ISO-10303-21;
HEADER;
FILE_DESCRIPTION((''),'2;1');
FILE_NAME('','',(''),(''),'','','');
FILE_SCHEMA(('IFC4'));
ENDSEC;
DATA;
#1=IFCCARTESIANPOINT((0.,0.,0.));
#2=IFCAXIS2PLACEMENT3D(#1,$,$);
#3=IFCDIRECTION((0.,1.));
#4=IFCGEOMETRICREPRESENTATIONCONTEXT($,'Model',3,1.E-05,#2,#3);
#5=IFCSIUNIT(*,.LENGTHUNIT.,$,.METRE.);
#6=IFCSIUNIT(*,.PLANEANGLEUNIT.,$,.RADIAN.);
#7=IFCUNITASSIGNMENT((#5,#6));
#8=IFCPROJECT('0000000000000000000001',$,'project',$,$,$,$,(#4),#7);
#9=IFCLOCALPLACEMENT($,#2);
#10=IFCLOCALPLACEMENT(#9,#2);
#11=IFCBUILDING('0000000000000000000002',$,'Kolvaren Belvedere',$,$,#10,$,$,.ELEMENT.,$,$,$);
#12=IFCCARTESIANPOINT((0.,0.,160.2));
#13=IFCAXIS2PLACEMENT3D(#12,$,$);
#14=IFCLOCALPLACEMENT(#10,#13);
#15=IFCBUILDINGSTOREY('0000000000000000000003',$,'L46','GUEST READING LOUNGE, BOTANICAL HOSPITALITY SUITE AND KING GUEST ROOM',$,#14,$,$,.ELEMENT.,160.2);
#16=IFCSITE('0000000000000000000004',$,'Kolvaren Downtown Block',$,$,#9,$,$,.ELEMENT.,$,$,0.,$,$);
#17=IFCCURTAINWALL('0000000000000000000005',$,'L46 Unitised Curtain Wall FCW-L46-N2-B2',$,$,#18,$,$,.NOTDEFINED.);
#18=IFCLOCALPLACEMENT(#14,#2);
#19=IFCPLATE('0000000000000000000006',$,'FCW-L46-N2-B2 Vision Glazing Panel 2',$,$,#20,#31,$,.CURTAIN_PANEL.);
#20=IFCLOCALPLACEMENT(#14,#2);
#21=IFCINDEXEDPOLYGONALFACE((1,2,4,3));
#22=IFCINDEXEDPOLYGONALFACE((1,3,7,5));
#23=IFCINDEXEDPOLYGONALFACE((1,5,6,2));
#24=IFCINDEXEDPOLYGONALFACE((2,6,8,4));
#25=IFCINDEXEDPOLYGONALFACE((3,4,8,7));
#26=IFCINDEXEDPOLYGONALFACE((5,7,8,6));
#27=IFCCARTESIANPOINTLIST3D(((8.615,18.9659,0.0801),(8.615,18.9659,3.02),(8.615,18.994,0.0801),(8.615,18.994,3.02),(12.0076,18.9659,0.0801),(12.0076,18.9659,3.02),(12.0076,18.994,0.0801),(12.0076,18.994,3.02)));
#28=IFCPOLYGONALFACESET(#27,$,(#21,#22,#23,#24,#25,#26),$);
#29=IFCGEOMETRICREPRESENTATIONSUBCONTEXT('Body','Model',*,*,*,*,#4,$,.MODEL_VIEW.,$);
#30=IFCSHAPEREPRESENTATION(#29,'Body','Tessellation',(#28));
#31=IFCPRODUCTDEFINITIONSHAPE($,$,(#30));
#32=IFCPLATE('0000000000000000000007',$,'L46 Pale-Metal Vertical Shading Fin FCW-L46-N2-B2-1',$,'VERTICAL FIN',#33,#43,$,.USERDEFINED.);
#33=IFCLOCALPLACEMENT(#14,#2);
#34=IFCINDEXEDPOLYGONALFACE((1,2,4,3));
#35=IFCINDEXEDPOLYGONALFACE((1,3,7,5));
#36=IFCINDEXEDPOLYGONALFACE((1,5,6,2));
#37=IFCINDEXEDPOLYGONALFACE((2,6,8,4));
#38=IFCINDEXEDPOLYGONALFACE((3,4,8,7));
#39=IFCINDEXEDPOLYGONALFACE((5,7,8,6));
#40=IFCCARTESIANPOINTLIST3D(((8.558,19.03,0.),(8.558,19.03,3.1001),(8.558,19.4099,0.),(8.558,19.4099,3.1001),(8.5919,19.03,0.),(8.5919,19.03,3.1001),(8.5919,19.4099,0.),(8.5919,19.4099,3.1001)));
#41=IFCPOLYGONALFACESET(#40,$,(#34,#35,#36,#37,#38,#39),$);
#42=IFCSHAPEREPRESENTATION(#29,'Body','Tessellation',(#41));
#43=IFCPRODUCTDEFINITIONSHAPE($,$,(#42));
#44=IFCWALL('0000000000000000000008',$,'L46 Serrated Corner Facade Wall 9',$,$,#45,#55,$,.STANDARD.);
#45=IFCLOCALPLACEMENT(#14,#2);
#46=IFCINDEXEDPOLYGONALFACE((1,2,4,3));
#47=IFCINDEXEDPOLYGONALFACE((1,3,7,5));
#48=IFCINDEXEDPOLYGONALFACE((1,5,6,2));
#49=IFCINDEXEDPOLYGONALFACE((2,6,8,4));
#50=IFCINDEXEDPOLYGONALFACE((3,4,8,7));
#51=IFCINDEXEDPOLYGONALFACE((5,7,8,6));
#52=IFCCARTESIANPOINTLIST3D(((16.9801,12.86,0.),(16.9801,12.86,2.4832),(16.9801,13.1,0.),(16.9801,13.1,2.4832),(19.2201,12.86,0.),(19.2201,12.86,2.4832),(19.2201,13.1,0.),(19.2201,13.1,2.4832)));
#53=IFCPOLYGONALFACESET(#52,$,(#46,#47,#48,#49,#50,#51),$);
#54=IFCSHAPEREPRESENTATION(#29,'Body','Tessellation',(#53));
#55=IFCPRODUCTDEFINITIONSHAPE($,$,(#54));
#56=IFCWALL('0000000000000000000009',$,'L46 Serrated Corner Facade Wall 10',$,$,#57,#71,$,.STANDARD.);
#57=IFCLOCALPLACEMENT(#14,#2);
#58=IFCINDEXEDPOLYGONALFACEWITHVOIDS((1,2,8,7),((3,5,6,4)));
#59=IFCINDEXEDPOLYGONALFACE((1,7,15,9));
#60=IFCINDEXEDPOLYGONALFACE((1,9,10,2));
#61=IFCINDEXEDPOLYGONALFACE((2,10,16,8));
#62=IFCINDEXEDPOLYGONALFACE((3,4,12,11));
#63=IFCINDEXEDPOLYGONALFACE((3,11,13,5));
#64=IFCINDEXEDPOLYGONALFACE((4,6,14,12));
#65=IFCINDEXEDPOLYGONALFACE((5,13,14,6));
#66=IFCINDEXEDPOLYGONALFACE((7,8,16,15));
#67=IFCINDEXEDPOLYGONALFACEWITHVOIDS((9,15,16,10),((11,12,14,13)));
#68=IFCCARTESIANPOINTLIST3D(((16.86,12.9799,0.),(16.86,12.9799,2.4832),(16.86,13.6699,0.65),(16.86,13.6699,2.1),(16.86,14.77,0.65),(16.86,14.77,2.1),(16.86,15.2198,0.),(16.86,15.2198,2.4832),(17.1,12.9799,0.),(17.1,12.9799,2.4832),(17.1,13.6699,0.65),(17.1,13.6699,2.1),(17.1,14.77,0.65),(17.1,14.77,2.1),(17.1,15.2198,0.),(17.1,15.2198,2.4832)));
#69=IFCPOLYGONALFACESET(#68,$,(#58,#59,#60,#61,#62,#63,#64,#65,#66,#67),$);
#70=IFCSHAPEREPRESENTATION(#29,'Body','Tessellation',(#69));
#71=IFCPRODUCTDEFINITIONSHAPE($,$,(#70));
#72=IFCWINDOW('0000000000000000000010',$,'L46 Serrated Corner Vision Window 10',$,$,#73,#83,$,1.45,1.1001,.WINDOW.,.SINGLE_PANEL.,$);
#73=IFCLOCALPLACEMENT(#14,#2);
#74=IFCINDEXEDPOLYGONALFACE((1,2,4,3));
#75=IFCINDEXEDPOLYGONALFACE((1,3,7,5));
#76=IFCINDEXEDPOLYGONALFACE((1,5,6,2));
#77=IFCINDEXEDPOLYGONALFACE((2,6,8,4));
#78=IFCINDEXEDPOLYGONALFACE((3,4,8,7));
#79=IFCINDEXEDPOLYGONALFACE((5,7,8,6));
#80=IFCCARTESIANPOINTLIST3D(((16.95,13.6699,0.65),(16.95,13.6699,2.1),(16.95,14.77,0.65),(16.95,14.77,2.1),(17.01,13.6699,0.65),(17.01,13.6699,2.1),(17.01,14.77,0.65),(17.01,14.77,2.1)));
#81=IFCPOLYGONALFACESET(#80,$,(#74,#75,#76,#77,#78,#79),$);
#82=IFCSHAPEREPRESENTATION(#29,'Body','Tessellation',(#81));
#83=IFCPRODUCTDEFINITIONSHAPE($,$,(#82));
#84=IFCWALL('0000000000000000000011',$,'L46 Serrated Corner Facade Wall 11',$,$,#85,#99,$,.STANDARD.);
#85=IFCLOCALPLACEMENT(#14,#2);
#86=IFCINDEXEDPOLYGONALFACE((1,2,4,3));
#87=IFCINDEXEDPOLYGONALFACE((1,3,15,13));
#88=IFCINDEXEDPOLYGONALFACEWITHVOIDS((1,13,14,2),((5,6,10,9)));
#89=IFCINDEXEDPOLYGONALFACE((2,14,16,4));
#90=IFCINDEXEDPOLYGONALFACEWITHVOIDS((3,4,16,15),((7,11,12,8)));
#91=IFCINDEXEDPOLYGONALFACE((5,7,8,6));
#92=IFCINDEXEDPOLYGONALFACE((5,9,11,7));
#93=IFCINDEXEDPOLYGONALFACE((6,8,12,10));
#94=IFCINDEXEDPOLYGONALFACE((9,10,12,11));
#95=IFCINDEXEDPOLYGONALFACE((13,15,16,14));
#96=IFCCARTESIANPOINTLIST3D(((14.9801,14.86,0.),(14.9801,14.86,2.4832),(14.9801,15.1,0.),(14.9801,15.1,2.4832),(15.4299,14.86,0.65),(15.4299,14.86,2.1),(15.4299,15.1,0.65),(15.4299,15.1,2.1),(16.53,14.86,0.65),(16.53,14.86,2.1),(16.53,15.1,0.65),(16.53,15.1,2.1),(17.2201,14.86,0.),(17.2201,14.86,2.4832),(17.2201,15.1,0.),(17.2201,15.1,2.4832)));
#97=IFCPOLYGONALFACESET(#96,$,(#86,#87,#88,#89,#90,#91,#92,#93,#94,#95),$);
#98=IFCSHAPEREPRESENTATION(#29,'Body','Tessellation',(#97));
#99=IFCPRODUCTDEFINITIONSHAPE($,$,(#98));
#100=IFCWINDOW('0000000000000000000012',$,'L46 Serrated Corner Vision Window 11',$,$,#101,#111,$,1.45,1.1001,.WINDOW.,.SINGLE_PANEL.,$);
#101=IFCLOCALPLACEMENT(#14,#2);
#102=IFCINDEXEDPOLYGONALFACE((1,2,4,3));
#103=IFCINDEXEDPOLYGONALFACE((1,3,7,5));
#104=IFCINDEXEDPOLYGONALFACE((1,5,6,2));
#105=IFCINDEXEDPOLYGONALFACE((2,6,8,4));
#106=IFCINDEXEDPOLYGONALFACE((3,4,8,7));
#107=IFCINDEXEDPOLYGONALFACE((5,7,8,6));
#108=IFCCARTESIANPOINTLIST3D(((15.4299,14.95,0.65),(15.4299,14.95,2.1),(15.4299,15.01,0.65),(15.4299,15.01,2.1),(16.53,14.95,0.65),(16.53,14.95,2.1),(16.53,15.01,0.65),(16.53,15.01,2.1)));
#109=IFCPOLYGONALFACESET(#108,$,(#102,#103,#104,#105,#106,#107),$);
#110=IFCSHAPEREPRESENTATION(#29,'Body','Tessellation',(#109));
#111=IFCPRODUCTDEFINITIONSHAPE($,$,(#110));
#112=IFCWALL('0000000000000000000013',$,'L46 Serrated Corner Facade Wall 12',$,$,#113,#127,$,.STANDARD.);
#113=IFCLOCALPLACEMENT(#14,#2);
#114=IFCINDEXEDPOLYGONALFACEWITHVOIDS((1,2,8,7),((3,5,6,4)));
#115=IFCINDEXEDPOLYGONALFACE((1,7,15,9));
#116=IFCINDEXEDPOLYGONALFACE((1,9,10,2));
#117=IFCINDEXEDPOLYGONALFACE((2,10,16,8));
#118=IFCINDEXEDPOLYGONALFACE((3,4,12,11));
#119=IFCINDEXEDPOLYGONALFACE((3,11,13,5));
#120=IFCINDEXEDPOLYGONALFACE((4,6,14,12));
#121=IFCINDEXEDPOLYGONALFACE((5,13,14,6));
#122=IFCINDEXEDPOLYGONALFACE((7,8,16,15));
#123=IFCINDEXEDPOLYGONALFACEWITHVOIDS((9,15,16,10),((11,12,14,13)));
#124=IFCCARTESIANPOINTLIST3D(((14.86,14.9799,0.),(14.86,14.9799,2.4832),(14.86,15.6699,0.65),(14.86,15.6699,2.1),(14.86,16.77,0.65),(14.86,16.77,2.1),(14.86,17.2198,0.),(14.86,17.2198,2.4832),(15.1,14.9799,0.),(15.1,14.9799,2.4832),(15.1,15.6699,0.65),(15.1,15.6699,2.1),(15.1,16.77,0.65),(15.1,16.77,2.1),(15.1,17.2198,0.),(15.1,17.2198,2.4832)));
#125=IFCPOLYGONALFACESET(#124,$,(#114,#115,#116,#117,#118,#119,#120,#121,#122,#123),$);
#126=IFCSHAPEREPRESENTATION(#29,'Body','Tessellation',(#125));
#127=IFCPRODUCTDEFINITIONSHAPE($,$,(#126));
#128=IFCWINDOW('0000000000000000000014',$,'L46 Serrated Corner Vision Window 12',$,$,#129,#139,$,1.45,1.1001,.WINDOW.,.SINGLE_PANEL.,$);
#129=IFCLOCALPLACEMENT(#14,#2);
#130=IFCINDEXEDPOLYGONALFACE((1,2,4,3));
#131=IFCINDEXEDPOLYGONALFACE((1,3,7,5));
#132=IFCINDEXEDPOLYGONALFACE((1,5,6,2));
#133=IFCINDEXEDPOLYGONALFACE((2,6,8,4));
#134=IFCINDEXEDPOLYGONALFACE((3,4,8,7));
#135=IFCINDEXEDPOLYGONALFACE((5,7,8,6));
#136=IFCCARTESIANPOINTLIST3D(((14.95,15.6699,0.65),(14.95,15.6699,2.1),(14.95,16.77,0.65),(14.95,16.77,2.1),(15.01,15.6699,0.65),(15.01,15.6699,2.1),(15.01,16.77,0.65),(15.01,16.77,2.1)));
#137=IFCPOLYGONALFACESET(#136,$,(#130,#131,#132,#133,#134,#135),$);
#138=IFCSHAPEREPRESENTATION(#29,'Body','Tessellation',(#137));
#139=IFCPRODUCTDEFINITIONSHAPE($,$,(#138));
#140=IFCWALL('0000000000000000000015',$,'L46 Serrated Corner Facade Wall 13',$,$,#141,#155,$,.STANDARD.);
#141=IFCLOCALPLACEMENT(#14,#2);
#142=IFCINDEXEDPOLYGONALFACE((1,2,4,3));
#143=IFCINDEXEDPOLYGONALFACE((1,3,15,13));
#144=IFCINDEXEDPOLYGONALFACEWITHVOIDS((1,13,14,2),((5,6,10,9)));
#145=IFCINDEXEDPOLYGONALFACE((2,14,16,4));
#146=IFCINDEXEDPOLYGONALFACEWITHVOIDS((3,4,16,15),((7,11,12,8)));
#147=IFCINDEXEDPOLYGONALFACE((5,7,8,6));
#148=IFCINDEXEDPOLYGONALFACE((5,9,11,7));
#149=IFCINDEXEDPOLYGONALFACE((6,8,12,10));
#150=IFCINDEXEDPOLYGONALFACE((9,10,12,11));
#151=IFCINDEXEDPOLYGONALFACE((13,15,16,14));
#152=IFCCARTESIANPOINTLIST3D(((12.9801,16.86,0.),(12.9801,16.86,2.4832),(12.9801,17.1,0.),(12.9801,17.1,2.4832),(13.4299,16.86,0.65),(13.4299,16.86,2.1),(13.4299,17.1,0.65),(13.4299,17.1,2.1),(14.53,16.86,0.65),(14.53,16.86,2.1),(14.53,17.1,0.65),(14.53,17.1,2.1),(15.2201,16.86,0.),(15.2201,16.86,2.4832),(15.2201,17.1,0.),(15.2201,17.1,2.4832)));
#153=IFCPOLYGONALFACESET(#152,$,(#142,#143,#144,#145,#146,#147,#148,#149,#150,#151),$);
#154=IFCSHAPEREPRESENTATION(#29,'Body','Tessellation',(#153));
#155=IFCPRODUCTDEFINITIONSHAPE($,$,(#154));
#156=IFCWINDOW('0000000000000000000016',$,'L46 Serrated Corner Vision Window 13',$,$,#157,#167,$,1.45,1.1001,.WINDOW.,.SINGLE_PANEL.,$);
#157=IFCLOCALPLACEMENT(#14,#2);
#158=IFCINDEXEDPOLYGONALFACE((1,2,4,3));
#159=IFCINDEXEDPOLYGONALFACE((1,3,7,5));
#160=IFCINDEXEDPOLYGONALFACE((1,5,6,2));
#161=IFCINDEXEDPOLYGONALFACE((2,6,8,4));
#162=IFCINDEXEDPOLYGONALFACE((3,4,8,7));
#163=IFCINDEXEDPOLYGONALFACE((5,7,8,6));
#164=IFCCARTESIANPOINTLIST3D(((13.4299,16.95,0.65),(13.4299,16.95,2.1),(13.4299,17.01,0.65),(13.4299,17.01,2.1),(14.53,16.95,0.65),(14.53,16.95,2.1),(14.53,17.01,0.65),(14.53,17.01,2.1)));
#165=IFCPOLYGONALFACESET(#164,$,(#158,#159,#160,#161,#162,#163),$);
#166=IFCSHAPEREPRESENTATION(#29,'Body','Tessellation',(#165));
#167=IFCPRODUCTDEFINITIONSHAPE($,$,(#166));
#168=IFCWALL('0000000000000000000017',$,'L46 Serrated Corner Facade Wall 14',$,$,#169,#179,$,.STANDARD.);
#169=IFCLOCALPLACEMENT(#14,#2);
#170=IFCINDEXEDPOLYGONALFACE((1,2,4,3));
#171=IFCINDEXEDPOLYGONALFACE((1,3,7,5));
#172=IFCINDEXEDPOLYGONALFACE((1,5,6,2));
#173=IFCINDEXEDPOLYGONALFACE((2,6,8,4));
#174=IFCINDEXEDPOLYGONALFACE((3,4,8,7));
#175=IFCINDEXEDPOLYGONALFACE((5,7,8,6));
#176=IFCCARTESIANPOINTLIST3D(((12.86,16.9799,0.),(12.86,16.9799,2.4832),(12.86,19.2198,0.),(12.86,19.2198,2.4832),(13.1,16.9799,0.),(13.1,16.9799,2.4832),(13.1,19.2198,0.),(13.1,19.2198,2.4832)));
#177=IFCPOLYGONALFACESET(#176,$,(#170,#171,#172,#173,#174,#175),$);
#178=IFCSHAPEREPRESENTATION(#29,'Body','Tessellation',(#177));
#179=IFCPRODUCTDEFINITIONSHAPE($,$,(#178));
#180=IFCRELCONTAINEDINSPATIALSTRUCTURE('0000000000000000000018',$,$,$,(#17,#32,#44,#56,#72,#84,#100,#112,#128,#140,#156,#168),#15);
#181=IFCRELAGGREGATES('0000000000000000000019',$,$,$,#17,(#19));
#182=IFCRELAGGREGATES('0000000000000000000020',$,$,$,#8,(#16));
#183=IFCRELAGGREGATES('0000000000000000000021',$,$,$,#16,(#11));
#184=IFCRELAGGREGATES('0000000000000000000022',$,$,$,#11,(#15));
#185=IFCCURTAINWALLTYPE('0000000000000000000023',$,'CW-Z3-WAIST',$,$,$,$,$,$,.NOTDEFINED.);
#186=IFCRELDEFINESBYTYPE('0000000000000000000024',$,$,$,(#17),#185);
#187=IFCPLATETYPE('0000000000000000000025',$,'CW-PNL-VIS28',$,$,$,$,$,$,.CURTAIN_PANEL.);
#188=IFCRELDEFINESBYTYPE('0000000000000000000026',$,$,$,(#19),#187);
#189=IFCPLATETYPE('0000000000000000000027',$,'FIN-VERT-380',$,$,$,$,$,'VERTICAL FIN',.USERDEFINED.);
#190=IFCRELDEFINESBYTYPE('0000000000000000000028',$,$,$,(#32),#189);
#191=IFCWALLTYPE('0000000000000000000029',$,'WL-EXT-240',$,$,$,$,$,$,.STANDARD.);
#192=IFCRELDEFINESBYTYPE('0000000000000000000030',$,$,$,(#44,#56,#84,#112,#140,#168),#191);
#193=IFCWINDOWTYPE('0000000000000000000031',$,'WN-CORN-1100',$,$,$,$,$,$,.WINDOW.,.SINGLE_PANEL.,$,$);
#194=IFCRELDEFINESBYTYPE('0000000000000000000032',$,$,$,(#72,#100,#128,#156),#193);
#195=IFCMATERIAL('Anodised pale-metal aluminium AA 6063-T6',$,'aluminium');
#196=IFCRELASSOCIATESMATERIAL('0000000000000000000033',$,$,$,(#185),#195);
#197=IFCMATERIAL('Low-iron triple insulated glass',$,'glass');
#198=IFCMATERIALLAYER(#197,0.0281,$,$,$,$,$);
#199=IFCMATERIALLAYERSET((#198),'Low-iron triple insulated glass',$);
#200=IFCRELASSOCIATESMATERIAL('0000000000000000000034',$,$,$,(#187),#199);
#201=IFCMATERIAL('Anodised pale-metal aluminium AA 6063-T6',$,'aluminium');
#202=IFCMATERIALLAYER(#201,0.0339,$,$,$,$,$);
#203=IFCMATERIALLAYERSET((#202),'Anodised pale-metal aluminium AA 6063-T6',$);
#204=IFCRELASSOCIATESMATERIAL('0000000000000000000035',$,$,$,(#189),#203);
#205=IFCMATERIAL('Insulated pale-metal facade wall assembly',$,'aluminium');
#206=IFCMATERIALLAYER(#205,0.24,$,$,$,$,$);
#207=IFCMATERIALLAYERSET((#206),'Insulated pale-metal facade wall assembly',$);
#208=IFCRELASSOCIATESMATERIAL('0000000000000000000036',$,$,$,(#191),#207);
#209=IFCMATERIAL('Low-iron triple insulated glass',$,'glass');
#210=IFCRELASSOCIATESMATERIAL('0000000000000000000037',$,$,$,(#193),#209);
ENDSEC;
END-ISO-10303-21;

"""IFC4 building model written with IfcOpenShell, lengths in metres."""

from ifc_helpers import new_model, si_unit, direction, frame, frame_2d, origin, origin_2d, place, context, subcontext, project, spatial, rectangle, extrude, material, layer, layer_set, type_object, element, fill, aggregate, save


model = new_model("IFC4")

# Units and contexts
model_context = context("Model", 3, precision=1e-05, world=origin(), true_north=direction((0.0, 1.0)))
body_context = subcontext(model_context, "Body", "Model", "MODEL_VIEW")
ifc_project = project(units=[si_unit("LENGTHUNIT", "METRE"), si_unit("PLANEANGLEUNIT", "RADIAN")], contexts=[model_context])

# Site, building, storey
site_placement = place(None, origin())
site = spatial("IfcSite", under=ifc_project, at=site_placement, Name="Kolvaren Downtown Block", CompositionType="ELEMENT", RefElevation=0.0)
building_placement = place(site_placement, origin())
building = spatial("IfcBuilding", under=site, at=building_placement, Name="Kolvaren Belvedere", CompositionType="ELEMENT")
storey_placement = place(building_placement, frame((0.0, 0.0, 160.2)))
storey = spatial("IfcBuildingStorey", under=building, at=storey_placement, Name="L46", Description="GUEST READING LOUNGE, BOTANICAL HOSPITALITY SUITE AND KING GUEST ROOM", CompositionType="ELEMENT", Elevation=160.2)

# Curtain wall, plate
ifc_material_1 = material(Name="Anodised pale-metal aluminium AA 6063-T6", Category="aluminium")
curtain_wall_type = type_object("IfcCurtainWallType", Name="CW-Z3-WAIST", PredefinedType="NOTDEFINED", material=ifc_material_1)
curtain_wall_placement = place(storey_placement, origin())
curtain_wall = element("IfcCurtainWall", 1, at=curtain_wall_placement, inside=storey, type_object=curtain_wall_type, Name="L46 Unitised Curtain Wall FCW-L46-N2-B2", PredefinedType="NOTDEFINED")
ifc_material_2 = material(Name="Low-iron triple insulated glass", Category="glass")
ifc_layer_1 = layer(ifc_material_2, 0.0281)
ifc_layer_set_1 = layer_set([ifc_layer_1], Name="Low-iron triple insulated glass")
plate_type_1 = type_object("IfcPlateType", Name="CW-PNL-VIS28", PredefinedType="CURTAIN_PANEL", material=ifc_layer_set_1)
plate_1_placement = place(storey_placement, frame((10.3113, 18.98, 0.0801), z_axis=(0.0, 0.0, 1.0), x_axis=(1.0, 0.0, 0.0)))
plate_1 = element("IfcPlate", 2, at=plate_1_placement, type_object=plate_type_1, Name="FCW-L46-N2-B2 Vision Glazing Panel 2", PredefinedType="CURTAIN_PANEL", context=body_context, shape_type="SweptSolid", body=[
    extrude(rectangle(XDim=3.3926, YDim=0.0281, at=origin_2d()), origin(), (0.0, 0.0, 1.0), 2.9399),
])
aggregate(curtain_wall, [plate_1])

# Plate
ifc_material_3 = material(Name="Anodised pale-metal aluminium AA 6063-T6", Category="aluminium")
ifc_layer_2 = layer(ifc_material_3, 0.0339)
ifc_layer_set_2 = layer_set([ifc_layer_2], Name="Anodised pale-metal aluminium AA 6063-T6")
plate_type_2 = type_object("IfcPlateType", Name="FIN-VERT-380", ElementType="VERTICAL FIN", PredefinedType="USERDEFINED", material=ifc_layer_set_2)
plate_2_placement = place(storey_placement, frame((8.575, 19.22, 0.0), z_axis=(0.0, 0.0, 1.0), x_axis=(0.0, 1.0, 0.0)))
element("IfcPlate", 3, at=plate_2_placement, inside=storey, type_object=plate_type_2, Name="L46 Pale-Metal Vertical Shading Fin FCW-L46-N2-B2-1", ObjectType="VERTICAL FIN", PredefinedType="USERDEFINED", context=body_context, shape_type="SweptSolid", body=[
    extrude(rectangle(XDim=0.3799, YDim=0.0339, at=origin_2d()), origin(), (0.0, 0.0, 1.0), 3.1001),
])

# Wall
ifc_material_4 = material(Name="Insulated pale-metal facade wall assembly", Category="aluminium")
ifc_layer_3 = layer(ifc_material_4, 0.24)
ifc_layer_set_3 = layer_set([ifc_layer_3], Name="Insulated pale-metal facade wall assembly")
wall_type_1 = type_object("IfcWallType", Name="WL-EXT-240", PredefinedType="STANDARD", material=ifc_layer_set_3)
wall_1_placement = place(storey_placement, frame((16.98, 12.98, 0.0), z_axis=(0.0, 0.0, 1.0), x_axis=(1.0, 0.0, 0.0)))
element("IfcWall", 4, at=wall_1_placement, inside=storey, type_object=wall_type_1, Name="L46 Serrated Corner Facade Wall 9", PredefinedType="STANDARD", context=body_context, shape_type="SweptSolid", body=[
    extrude(rectangle(XDim=2.24, YDim=0.24, at=frame_2d((1.1201, 0.0))), origin(), (0.0, 0.0, 1.0), 2.4832),
])

# Walls, openings, windows
wall_2_placement = place(storey_placement, frame((16.98, 15.22, 0.0), z_axis=(0.0, 0.0, 1.0), x_axis=(0.0, -1.0, 0.0)))
wall_2 = element("IfcWall", 5, at=wall_2_placement, inside=storey, type_object=wall_type_1, Name="L46 Serrated Corner Facade Wall 10", PredefinedType="STANDARD", context=body_context, shape_type="SweptSolid", body=[
    extrude(rectangle(XDim=2.24, YDim=0.24, at=frame_2d((1.1201, 0.0))), origin(), (0.0, 0.0, 1.0), 2.4832),
])
opening_1_placement = place(wall_2_placement, frame((0.45, 0.0, 0.6499)))
opening_1 = element("IfcOpeningElement", 6, at=opening_1_placement, cuts=wall_2, PredefinedType="OPENING", context=body_context, shape_type="SweptSolid", body=[
    extrude(rectangle(XDim=1.1001, YDim=1.45, at=frame_2d((0.55, 0.7251))), frame((0.0, 0.1299, 0.0), z_axis=(0.0, -1.0, 0.0), x_axis=(1.0, 0.0, 0.0)), (0.0, 0.0, 1.0), 0.26),
])
ifc_material_5 = material(Name="Low-iron triple insulated glass", Category="glass")
window_type = type_object("IfcWindowType", Name="WN-CORN-1100", PartitioningType="SINGLE_PANEL", PredefinedType="WINDOW", material=ifc_material_5)
window_1_placement = place(opening_1_placement, origin())
window_1 = element("IfcWindow", 7, at=window_1_placement, inside=storey, type_object=window_type, Name="L46 Serrated Corner Vision Window 10", OverallHeight=1.45, OverallWidth=1.1001, PartitioningType="SINGLE_PANEL", PredefinedType="WINDOW", context=body_context, shape_type="SweptSolid", body=[
    extrude(rectangle(XDim=1.1001, YDim=1.45, at=frame_2d((0.55, 0.7251))), frame((0.0, 0.03, 0.0), z_axis=(0.0, -1.0, 0.0), x_axis=(1.0, 0.0, 0.0)), (0.0, 0.0, 1.0), 0.0601),
])
fill(opening_1, window_1)
wall_3_placement = place(storey_placement, frame((14.98, 14.98, 0.0), z_axis=(0.0, 0.0, 1.0), x_axis=(1.0, 0.0, 0.0)))
wall_3 = element("IfcWall", 8, at=wall_3_placement, inside=storey, type_object=wall_type_1, Name="L46 Serrated Corner Facade Wall 11", PredefinedType="STANDARD", context=body_context, shape_type="SweptSolid", body=[
    extrude(rectangle(XDim=2.24, YDim=0.24, at=frame_2d((1.1201, 0.0))), origin(), (0.0, 0.0, 1.0), 2.4832),
])
opening_2_placement = place(wall_3_placement, frame((0.45, 0.0, 0.6499)))
opening_2 = element("IfcOpeningElement", 9, at=opening_2_placement, cuts=wall_3, PredefinedType="OPENING", context=body_context, shape_type="SweptSolid", body=[
    extrude(rectangle(XDim=1.1001, YDim=1.45, at=frame_2d((0.55, 0.7251))), frame((0.0, 0.1299, 0.0), z_axis=(0.0, -1.0, 0.0), x_axis=(1.0, 0.0, 0.0)), (0.0, 0.0, 1.0), 0.26),
])
window_2_placement = place(opening_2_placement, origin())
window_2 = element("IfcWindow", 10, at=window_2_placement, inside=storey, type_object=window_type, Name="L46 Serrated Corner Vision Window 11", OverallHeight=1.45, OverallWidth=1.1001, PartitioningType="SINGLE_PANEL", PredefinedType="WINDOW", context=body_context, shape_type="SweptSolid", body=[
    extrude(rectangle(XDim=1.1001, YDim=1.45, at=frame_2d((0.55, 0.7251))), frame((0.0, 0.03, 0.0), z_axis=(0.0, -1.0, 0.0), x_axis=(1.0, 0.0, 0.0)), (0.0, 0.0, 1.0), 0.0601),
])
fill(opening_2, window_2)
wall_4_placement = place(storey_placement, frame((14.98, 17.22, 0.0), z_axis=(0.0, 0.0, 1.0), x_axis=(0.0, -1.0, 0.0)))
wall_4 = element("IfcWall", 11, at=wall_4_placement, inside=storey, type_object=wall_type_1, Name="L46 Serrated Corner Facade Wall 12", PredefinedType="STANDARD", context=body_context, shape_type="SweptSolid", body=[
    extrude(rectangle(XDim=2.24, YDim=0.24, at=frame_2d((1.1201, 0.0))), origin(), (0.0, 0.0, 1.0), 2.4832),
])
opening_3_placement = place(wall_4_placement, frame((0.45, 0.0, 0.6499)))
opening_3 = element("IfcOpeningElement", 12, at=opening_3_placement, cuts=wall_4, PredefinedType="OPENING", context=body_context, shape_type="SweptSolid", body=[
    extrude(rectangle(XDim=1.1001, YDim=1.45, at=frame_2d((0.55, 0.7251))), frame((0.0, 0.1299, 0.0), z_axis=(0.0, -1.0, 0.0), x_axis=(1.0, 0.0, 0.0)), (0.0, 0.0, 1.0), 0.26),
])
window_3_placement = place(opening_3_placement, origin())
window_3 = element("IfcWindow", 13, at=window_3_placement, inside=storey, type_object=window_type, Name="L46 Serrated Corner Vision Window 12", OverallHeight=1.45, OverallWidth=1.1001, PartitioningType="SINGLE_PANEL", PredefinedType="WINDOW", context=body_context, shape_type="SweptSolid", body=[
    extrude(rectangle(XDim=1.1001, YDim=1.45, at=frame_2d((0.55, 0.7251))), frame((0.0, 0.03, 0.0), z_axis=(0.0, -1.0, 0.0), x_axis=(1.0, 0.0, 0.0)), (0.0, 0.0, 1.0), 0.0601),
])
fill(opening_3, window_3)
wall_5_placement = place(storey_placement, frame((12.98, 16.98, 0.0), z_axis=(0.0, 0.0, 1.0), x_axis=(1.0, 0.0, 0.0)))
wall_5 = element("IfcWall", 14, at=wall_5_placement, inside=storey, type_object=wall_type_1, Name="L46 Serrated Corner Facade Wall 13", PredefinedType="STANDARD", context=body_context, shape_type="SweptSolid", body=[
    extrude(rectangle(XDim=2.24, YDim=0.24, at=frame_2d((1.1201, 0.0))), origin(), (0.0, 0.0, 1.0), 2.4832),
])
opening_4_placement = place(wall_5_placement, frame((0.45, 0.0, 0.6499)))
opening_4 = element("IfcOpeningElement", 15, at=opening_4_placement, cuts=wall_5, PredefinedType="OPENING", context=body_context, shape_type="SweptSolid", body=[
    extrude(rectangle(XDim=1.1001, YDim=1.45, at=frame_2d((0.55, 0.7251))), frame((0.0, 0.1299, 0.0), z_axis=(0.0, -1.0, 0.0), x_axis=(1.0, 0.0, 0.0)), (0.0, 0.0, 1.0), 0.26),
])
window_4_placement = place(opening_4_placement, origin())
window_4 = element("IfcWindow", 16, at=window_4_placement, inside=storey, type_object=window_type, Name="L46 Serrated Corner Vision Window 13", OverallHeight=1.45, OverallWidth=1.1001, PartitioningType="SINGLE_PANEL", PredefinedType="WINDOW", context=body_context, shape_type="SweptSolid", body=[
    extrude(rectangle(XDim=1.1001, YDim=1.45, at=frame_2d((0.55, 0.7251))), frame((0.0, 0.03, 0.0), z_axis=(0.0, -1.0, 0.0), x_axis=(1.0, 0.0, 0.0)), (0.0, 0.0, 1.0), 0.0601),
])
fill(opening_4, window_4)

# Wall
wall_6_placement = place(storey_placement, frame((12.98, 19.22, 0.0), z_axis=(0.0, 0.0, 1.0), x_axis=(0.0, -1.0, 0.0)))
element("IfcWall", 17, at=wall_6_placement, inside=storey, type_object=wall_type_1, Name="L46 Serrated Corner Facade Wall 14", PredefinedType="STANDARD", context=body_context, shape_type="SweptSolid", body=[
    extrude(rectangle(XDim=2.24, YDim=0.24, at=frame_2d((1.1201, 0.0))), origin(), (0.0, 0.0, 1.0), 2.4832),
])

save(model, "model.ifc")
